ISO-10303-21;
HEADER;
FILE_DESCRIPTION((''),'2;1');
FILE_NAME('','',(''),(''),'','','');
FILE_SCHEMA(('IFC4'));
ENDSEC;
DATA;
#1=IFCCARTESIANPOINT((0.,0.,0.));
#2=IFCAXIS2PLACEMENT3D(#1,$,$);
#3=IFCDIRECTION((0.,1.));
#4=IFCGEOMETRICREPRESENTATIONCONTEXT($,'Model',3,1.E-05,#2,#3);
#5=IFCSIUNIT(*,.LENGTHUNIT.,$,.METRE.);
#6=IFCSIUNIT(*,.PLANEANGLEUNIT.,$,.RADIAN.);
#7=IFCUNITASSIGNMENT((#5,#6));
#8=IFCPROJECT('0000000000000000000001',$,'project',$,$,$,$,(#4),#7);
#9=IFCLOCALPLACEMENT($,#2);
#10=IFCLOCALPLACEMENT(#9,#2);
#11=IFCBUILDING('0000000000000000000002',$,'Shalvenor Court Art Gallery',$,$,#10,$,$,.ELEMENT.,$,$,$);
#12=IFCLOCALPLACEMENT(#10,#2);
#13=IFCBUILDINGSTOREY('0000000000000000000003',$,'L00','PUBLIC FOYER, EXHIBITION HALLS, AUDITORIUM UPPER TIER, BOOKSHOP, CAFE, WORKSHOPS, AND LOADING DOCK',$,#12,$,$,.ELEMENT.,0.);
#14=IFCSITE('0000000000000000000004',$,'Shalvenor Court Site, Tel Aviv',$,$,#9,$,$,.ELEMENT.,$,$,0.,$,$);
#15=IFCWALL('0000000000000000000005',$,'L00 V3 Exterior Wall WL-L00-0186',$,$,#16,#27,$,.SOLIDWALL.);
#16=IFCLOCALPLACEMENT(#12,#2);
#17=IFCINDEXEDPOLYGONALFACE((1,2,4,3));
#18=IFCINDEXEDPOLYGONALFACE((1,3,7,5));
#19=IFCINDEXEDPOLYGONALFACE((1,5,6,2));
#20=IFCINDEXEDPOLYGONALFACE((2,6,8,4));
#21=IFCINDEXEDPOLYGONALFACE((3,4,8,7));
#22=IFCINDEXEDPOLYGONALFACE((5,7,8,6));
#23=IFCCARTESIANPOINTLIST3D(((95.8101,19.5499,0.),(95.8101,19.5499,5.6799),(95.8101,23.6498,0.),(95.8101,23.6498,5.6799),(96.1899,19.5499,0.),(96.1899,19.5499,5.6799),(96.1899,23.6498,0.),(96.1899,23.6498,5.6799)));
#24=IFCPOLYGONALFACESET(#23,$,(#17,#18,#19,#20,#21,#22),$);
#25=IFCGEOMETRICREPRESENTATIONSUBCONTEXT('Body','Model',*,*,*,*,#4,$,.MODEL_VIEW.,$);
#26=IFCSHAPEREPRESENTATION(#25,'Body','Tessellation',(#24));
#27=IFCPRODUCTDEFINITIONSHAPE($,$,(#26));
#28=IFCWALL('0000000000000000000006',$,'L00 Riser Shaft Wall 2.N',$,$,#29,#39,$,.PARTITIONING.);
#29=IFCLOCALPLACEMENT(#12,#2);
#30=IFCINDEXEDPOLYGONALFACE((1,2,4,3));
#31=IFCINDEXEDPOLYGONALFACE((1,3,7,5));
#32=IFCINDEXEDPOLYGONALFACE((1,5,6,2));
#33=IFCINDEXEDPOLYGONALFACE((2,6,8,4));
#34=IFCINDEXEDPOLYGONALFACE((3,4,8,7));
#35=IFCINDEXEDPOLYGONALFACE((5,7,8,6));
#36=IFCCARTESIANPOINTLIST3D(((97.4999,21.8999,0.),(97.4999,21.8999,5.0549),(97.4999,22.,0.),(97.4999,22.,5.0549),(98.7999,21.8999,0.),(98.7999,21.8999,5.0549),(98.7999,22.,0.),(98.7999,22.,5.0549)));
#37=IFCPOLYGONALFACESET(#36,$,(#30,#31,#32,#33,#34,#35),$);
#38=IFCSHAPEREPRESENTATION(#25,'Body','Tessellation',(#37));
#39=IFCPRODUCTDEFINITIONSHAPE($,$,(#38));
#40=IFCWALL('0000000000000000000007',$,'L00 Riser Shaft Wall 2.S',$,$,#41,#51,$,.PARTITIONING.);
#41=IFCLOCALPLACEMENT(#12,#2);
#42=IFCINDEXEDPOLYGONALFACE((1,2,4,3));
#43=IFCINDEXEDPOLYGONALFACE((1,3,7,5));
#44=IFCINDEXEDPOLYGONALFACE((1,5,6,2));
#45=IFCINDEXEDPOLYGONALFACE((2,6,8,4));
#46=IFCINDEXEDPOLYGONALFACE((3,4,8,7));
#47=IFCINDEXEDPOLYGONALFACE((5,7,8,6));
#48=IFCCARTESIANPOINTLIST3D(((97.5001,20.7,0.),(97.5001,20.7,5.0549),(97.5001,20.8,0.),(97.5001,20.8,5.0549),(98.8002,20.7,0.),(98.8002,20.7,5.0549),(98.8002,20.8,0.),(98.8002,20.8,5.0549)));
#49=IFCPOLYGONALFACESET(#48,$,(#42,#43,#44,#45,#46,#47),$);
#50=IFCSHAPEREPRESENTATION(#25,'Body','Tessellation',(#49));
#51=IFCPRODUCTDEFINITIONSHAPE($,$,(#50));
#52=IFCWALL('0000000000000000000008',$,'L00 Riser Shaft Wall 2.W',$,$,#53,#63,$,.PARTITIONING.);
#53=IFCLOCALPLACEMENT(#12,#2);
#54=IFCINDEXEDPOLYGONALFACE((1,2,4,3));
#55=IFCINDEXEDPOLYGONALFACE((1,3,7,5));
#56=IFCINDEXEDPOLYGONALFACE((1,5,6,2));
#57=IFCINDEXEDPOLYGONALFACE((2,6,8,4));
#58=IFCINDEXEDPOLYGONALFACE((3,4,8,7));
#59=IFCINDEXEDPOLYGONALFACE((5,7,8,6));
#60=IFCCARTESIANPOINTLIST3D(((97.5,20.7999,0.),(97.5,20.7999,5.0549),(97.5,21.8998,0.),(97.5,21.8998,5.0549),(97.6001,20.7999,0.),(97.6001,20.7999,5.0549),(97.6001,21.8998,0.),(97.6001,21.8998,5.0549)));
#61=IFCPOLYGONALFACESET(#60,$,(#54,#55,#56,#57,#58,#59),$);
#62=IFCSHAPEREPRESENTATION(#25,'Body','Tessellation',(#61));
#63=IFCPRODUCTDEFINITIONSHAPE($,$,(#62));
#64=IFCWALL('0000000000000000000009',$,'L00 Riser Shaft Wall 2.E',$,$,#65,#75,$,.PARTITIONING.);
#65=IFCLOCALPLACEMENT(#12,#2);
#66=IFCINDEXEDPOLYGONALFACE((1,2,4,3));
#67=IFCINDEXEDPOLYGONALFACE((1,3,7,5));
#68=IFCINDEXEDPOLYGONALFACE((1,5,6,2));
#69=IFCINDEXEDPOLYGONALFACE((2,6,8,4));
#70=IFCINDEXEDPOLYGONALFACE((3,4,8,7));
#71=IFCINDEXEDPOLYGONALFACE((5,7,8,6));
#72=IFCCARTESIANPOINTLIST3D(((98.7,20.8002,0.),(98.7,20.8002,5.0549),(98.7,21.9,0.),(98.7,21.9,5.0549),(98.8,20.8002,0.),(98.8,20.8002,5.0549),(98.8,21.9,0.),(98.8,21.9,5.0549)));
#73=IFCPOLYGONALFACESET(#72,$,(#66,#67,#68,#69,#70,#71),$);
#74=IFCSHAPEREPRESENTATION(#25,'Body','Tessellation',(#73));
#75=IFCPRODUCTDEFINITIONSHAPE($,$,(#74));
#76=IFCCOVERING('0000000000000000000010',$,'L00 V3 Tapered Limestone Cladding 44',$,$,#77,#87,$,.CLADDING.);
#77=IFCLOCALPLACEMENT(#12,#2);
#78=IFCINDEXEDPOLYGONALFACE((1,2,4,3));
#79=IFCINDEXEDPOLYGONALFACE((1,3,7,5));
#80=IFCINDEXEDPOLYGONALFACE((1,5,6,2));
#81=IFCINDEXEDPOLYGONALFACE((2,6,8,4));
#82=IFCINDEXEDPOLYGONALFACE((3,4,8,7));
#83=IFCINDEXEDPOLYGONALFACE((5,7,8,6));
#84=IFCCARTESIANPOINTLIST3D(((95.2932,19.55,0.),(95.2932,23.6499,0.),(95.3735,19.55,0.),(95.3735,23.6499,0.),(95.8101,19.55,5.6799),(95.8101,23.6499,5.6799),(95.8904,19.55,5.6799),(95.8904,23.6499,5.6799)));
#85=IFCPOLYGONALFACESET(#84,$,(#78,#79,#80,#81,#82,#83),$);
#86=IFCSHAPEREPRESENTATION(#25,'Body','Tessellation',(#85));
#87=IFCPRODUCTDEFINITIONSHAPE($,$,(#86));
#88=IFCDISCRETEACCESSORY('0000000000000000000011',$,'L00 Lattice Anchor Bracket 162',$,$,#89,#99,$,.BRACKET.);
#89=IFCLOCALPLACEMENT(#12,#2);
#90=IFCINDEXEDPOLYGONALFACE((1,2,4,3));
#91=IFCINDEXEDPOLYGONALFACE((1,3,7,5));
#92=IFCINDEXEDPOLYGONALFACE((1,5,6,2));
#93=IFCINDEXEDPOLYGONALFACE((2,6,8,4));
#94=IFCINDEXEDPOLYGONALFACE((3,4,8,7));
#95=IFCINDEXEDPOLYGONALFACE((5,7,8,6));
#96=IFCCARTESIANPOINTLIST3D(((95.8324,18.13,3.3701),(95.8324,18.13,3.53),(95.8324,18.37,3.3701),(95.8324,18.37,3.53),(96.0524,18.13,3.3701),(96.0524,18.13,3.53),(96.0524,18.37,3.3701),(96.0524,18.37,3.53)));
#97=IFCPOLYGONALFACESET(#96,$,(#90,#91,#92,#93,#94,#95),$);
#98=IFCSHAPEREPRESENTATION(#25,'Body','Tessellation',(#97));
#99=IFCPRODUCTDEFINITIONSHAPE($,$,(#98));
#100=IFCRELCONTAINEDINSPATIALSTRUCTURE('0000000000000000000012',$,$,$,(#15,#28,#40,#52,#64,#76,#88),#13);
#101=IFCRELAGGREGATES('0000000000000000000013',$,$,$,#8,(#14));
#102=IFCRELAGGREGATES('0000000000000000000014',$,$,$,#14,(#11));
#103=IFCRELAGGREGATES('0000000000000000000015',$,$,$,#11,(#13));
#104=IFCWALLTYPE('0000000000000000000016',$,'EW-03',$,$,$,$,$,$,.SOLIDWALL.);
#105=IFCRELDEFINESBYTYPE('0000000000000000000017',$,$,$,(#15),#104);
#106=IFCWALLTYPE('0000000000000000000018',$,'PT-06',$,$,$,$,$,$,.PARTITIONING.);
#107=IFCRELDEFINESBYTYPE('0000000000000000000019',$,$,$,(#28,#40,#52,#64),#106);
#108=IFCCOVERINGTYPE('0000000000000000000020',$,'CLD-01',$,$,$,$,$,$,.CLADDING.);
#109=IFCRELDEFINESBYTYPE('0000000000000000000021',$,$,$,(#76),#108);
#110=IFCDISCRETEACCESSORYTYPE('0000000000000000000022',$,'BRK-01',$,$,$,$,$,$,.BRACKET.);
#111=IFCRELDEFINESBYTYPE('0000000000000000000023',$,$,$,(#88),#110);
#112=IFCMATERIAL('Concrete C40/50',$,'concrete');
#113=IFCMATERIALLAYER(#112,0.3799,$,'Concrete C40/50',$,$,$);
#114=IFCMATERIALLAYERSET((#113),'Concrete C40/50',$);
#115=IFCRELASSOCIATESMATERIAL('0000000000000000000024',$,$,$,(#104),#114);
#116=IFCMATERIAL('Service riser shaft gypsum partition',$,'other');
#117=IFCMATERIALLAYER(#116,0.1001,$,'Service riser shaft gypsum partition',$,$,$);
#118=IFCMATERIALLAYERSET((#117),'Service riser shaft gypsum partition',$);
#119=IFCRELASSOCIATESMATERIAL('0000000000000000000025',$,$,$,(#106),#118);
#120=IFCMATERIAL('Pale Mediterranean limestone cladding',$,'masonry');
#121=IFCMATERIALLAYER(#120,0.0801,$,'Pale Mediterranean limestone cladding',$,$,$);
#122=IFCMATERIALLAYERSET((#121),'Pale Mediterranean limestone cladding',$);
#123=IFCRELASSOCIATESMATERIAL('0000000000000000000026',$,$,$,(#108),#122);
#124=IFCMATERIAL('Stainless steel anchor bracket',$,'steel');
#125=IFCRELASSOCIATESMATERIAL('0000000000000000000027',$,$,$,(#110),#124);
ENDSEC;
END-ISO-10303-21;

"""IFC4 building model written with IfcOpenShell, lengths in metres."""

from ifc_helpers import new_model, si_unit, direction, frame, frame_2d, origin, origin_2d, place, context, subcontext, project, spatial, polyline, rectangle, outline, extrude, material, layer, layer_set, type_object, element, save


model = new_model("IFC4")

# Units and contexts
model_context = context("Model", 3, precision=1e-05, world=origin(), true_north=direction((0.0, 1.0)))
body_context = subcontext(model_context, "Body", "Model", "MODEL_VIEW")
ifc_project = project(units=[si_unit("LENGTHUNIT", "METRE"), si_unit("PLANEANGLEUNIT", "RADIAN")], contexts=[model_context])

# Site, building, storey
site_placement = place(None, origin())
site = spatial("IfcSite", under=ifc_project, at=site_placement, Name="Shalvenor Court Site, Tel Aviv", CompositionType="ELEMENT", RefElevation=0.0)
building_placement = place(site_placement, origin())
building = spatial("IfcBuilding", under=site, at=building_placement, Name="Shalvenor Court Art Gallery", CompositionType="ELEMENT")
storey_placement = place(building_placement, origin())
storey = spatial("IfcBuildingStorey", under=building, at=storey_placement, Name="L00", Description="PUBLIC FOYER, EXHIBITION HALLS, AUDITORIUM UPPER TIER, BOOKSHOP, CAFE, WORKSHOPS, AND LOADING DOCK", CompositionType="ELEMENT", Elevation=0.0)

# Walls
ifc_material_1 = material(Name="Concrete C40/50", Category="concrete")
ifc_layer_1 = layer(ifc_material_1, 0.3799, Name="Concrete C40/50")
ifc_layer_set_1 = layer_set([ifc_layer_1], Name="Concrete C40/50")
wall_type_1 = type_object("IfcWallType", Name="EW-03", PredefinedType="SOLIDWALL", material=ifc_layer_set_1)
wall_placement = place(storey_placement, frame((96.0, 19.55, 0.0), z_axis=(0.0, 0.0, 1.0), x_axis=(0.0, 1.0, 0.0)))
element("IfcWall", 1, at=wall_placement, inside=storey, type_object=wall_type_1, Name="L00 V3 Exterior Wall WL-L00-0186", PredefinedType="SOLIDWALL", context=body_context, shape_type="SweptSolid", body=[
    extrude(rectangle(XDim=4.0999, YDim=0.3799, at=frame_2d((2.0498, 0.0))), origin(), (0.0, 0.0, 1.0), 5.6799),
])
ifc_material_2 = material(Name="Service riser shaft gypsum partition", Category="other")
ifc_layer_2 = layer(ifc_material_2, 0.1001, Name="Service riser shaft gypsum partition")
ifc_layer_set_2 = layer_set([ifc_layer_2], Name="Service riser shaft gypsum partition")
wall_type_2 = type_object("IfcWallType", Name="PT-06", PredefinedType="PARTITIONING", material=ifc_layer_set_2)
for number, where, z_axis, x_axis, name in (
    (2, (97.5, 21.95, 0.0), (0.0, 0.0, 1.0), (1.0, 0.0, 0.0), "L00 Riser Shaft Wall 2.N"),
    (3, (98.8, 20.75, 0.0), (0.0, 0.0, 1.0), (-1.0, 0.0, 0.0), "L00 Riser Shaft Wall 2.S"),
):
    element("IfcWall", number, at=place(storey_placement, frame(where, z_axis=z_axis, x_axis=x_axis)), inside=storey, type_object=wall_type_2, Name=name, PredefinedType="PARTITIONING", context=body_context, shape_type="SweptSolid", body=[
        extrude(rectangle(XDim=1.3, YDim=0.1001, at=frame_2d((0.6499, 0.0))), origin(), (0.0, 0.0, 1.0), 5.0549),
    ])
for number, where, z_axis, x_axis, name in (
    (4, (97.55, 20.8, 0.0), (0.0, 0.0, 1.0), (0.0, 1.0, 0.0), "L00 Riser Shaft Wall 2.W"),
    (5, (98.75, 21.8999, 0.0), (0.0, 0.0, 1.0), (0.0, -1.0, 0.0), "L00 Riser Shaft Wall 2.E"),
):
    element("IfcWall", number, at=place(storey_placement, frame(where, z_axis=z_axis, x_axis=x_axis)), inside=storey, type_object=wall_type_2, Name=name, PredefinedType="PARTITIONING", context=body_context, shape_type="SweptSolid", body=[
        extrude(rectangle(XDim=1.0999, YDim=0.1001, at=frame_2d((0.5498, 0.0))), origin(), (0.0, 0.0, 1.0), 5.0549),
    ])

# Covering
ifc_material_3 = material(Name="Pale Mediterranean limestone cladding", Category="masonry")
ifc_layer_3 = layer(ifc_material_3, 0.0801, Name="Pale Mediterranean limestone cladding")
ifc_layer_set_3 = layer_set([ifc_layer_3], Name="Pale Mediterranean limestone cladding")
covering_type = type_object("IfcCoveringType", Name="CLD-01", PredefinedType="CLADDING", material=ifc_layer_set_3)
covering_placement = place(storey_placement, frame((95.2932, 23.6499, 0.0), z_axis=(0.0, 0.0, 1.0), x_axis=(0.0, -1.0, 0.0)))
element("IfcCovering", 6, at=covering_placement, inside=storey, type_object=covering_type, Name="L00 V3 Tapered Limestone Cladding 44", PredefinedType="CLADDING", context=body_context, shape_type="SweptSolid", body=[
    extrude(outline(polyline([(0.0, 0.0), (4.0999, 0.0), (4.0999, 5.7034), (0.0, 5.7034), (0.0, 0.0)])), frame((0.0, 0.0, 0.0), z_axis=(0.0, -0.995884, 0.090633), x_axis=(1.0, 0.0, 0.0)), (0.0, 0.090633, -0.995884), 0.0803),
])

# Discrete accessory
ifc_material_4 = material(Name="Stainless steel anchor bracket", Category="steel")
discrete_accessory_type = type_object("IfcDiscreteAccessoryType", Name="BRK-01", PredefinedType="BRACKET", material=ifc_material_4)
discrete_accessory_placement = place(storey_placement, frame((95.9424, 18.25, 3.3701), z_axis=(0.0, 0.0, 1.0), x_axis=(0.0, 1.0, 0.0)))
element("IfcDiscreteAccessory", 7, at=discrete_accessory_placement, inside=storey, type_object=discrete_accessory_type, Name="L00 Lattice Anchor Bracket 162", PredefinedType="BRACKET", context=body_context, shape_type="SweptSolid", body=[
    extrude(rectangle(XDim=0.24, YDim=0.22, at=origin_2d()), origin(), (0.0, 0.0, 1.0), 0.1599),
])

save(model, "model.ifc")
